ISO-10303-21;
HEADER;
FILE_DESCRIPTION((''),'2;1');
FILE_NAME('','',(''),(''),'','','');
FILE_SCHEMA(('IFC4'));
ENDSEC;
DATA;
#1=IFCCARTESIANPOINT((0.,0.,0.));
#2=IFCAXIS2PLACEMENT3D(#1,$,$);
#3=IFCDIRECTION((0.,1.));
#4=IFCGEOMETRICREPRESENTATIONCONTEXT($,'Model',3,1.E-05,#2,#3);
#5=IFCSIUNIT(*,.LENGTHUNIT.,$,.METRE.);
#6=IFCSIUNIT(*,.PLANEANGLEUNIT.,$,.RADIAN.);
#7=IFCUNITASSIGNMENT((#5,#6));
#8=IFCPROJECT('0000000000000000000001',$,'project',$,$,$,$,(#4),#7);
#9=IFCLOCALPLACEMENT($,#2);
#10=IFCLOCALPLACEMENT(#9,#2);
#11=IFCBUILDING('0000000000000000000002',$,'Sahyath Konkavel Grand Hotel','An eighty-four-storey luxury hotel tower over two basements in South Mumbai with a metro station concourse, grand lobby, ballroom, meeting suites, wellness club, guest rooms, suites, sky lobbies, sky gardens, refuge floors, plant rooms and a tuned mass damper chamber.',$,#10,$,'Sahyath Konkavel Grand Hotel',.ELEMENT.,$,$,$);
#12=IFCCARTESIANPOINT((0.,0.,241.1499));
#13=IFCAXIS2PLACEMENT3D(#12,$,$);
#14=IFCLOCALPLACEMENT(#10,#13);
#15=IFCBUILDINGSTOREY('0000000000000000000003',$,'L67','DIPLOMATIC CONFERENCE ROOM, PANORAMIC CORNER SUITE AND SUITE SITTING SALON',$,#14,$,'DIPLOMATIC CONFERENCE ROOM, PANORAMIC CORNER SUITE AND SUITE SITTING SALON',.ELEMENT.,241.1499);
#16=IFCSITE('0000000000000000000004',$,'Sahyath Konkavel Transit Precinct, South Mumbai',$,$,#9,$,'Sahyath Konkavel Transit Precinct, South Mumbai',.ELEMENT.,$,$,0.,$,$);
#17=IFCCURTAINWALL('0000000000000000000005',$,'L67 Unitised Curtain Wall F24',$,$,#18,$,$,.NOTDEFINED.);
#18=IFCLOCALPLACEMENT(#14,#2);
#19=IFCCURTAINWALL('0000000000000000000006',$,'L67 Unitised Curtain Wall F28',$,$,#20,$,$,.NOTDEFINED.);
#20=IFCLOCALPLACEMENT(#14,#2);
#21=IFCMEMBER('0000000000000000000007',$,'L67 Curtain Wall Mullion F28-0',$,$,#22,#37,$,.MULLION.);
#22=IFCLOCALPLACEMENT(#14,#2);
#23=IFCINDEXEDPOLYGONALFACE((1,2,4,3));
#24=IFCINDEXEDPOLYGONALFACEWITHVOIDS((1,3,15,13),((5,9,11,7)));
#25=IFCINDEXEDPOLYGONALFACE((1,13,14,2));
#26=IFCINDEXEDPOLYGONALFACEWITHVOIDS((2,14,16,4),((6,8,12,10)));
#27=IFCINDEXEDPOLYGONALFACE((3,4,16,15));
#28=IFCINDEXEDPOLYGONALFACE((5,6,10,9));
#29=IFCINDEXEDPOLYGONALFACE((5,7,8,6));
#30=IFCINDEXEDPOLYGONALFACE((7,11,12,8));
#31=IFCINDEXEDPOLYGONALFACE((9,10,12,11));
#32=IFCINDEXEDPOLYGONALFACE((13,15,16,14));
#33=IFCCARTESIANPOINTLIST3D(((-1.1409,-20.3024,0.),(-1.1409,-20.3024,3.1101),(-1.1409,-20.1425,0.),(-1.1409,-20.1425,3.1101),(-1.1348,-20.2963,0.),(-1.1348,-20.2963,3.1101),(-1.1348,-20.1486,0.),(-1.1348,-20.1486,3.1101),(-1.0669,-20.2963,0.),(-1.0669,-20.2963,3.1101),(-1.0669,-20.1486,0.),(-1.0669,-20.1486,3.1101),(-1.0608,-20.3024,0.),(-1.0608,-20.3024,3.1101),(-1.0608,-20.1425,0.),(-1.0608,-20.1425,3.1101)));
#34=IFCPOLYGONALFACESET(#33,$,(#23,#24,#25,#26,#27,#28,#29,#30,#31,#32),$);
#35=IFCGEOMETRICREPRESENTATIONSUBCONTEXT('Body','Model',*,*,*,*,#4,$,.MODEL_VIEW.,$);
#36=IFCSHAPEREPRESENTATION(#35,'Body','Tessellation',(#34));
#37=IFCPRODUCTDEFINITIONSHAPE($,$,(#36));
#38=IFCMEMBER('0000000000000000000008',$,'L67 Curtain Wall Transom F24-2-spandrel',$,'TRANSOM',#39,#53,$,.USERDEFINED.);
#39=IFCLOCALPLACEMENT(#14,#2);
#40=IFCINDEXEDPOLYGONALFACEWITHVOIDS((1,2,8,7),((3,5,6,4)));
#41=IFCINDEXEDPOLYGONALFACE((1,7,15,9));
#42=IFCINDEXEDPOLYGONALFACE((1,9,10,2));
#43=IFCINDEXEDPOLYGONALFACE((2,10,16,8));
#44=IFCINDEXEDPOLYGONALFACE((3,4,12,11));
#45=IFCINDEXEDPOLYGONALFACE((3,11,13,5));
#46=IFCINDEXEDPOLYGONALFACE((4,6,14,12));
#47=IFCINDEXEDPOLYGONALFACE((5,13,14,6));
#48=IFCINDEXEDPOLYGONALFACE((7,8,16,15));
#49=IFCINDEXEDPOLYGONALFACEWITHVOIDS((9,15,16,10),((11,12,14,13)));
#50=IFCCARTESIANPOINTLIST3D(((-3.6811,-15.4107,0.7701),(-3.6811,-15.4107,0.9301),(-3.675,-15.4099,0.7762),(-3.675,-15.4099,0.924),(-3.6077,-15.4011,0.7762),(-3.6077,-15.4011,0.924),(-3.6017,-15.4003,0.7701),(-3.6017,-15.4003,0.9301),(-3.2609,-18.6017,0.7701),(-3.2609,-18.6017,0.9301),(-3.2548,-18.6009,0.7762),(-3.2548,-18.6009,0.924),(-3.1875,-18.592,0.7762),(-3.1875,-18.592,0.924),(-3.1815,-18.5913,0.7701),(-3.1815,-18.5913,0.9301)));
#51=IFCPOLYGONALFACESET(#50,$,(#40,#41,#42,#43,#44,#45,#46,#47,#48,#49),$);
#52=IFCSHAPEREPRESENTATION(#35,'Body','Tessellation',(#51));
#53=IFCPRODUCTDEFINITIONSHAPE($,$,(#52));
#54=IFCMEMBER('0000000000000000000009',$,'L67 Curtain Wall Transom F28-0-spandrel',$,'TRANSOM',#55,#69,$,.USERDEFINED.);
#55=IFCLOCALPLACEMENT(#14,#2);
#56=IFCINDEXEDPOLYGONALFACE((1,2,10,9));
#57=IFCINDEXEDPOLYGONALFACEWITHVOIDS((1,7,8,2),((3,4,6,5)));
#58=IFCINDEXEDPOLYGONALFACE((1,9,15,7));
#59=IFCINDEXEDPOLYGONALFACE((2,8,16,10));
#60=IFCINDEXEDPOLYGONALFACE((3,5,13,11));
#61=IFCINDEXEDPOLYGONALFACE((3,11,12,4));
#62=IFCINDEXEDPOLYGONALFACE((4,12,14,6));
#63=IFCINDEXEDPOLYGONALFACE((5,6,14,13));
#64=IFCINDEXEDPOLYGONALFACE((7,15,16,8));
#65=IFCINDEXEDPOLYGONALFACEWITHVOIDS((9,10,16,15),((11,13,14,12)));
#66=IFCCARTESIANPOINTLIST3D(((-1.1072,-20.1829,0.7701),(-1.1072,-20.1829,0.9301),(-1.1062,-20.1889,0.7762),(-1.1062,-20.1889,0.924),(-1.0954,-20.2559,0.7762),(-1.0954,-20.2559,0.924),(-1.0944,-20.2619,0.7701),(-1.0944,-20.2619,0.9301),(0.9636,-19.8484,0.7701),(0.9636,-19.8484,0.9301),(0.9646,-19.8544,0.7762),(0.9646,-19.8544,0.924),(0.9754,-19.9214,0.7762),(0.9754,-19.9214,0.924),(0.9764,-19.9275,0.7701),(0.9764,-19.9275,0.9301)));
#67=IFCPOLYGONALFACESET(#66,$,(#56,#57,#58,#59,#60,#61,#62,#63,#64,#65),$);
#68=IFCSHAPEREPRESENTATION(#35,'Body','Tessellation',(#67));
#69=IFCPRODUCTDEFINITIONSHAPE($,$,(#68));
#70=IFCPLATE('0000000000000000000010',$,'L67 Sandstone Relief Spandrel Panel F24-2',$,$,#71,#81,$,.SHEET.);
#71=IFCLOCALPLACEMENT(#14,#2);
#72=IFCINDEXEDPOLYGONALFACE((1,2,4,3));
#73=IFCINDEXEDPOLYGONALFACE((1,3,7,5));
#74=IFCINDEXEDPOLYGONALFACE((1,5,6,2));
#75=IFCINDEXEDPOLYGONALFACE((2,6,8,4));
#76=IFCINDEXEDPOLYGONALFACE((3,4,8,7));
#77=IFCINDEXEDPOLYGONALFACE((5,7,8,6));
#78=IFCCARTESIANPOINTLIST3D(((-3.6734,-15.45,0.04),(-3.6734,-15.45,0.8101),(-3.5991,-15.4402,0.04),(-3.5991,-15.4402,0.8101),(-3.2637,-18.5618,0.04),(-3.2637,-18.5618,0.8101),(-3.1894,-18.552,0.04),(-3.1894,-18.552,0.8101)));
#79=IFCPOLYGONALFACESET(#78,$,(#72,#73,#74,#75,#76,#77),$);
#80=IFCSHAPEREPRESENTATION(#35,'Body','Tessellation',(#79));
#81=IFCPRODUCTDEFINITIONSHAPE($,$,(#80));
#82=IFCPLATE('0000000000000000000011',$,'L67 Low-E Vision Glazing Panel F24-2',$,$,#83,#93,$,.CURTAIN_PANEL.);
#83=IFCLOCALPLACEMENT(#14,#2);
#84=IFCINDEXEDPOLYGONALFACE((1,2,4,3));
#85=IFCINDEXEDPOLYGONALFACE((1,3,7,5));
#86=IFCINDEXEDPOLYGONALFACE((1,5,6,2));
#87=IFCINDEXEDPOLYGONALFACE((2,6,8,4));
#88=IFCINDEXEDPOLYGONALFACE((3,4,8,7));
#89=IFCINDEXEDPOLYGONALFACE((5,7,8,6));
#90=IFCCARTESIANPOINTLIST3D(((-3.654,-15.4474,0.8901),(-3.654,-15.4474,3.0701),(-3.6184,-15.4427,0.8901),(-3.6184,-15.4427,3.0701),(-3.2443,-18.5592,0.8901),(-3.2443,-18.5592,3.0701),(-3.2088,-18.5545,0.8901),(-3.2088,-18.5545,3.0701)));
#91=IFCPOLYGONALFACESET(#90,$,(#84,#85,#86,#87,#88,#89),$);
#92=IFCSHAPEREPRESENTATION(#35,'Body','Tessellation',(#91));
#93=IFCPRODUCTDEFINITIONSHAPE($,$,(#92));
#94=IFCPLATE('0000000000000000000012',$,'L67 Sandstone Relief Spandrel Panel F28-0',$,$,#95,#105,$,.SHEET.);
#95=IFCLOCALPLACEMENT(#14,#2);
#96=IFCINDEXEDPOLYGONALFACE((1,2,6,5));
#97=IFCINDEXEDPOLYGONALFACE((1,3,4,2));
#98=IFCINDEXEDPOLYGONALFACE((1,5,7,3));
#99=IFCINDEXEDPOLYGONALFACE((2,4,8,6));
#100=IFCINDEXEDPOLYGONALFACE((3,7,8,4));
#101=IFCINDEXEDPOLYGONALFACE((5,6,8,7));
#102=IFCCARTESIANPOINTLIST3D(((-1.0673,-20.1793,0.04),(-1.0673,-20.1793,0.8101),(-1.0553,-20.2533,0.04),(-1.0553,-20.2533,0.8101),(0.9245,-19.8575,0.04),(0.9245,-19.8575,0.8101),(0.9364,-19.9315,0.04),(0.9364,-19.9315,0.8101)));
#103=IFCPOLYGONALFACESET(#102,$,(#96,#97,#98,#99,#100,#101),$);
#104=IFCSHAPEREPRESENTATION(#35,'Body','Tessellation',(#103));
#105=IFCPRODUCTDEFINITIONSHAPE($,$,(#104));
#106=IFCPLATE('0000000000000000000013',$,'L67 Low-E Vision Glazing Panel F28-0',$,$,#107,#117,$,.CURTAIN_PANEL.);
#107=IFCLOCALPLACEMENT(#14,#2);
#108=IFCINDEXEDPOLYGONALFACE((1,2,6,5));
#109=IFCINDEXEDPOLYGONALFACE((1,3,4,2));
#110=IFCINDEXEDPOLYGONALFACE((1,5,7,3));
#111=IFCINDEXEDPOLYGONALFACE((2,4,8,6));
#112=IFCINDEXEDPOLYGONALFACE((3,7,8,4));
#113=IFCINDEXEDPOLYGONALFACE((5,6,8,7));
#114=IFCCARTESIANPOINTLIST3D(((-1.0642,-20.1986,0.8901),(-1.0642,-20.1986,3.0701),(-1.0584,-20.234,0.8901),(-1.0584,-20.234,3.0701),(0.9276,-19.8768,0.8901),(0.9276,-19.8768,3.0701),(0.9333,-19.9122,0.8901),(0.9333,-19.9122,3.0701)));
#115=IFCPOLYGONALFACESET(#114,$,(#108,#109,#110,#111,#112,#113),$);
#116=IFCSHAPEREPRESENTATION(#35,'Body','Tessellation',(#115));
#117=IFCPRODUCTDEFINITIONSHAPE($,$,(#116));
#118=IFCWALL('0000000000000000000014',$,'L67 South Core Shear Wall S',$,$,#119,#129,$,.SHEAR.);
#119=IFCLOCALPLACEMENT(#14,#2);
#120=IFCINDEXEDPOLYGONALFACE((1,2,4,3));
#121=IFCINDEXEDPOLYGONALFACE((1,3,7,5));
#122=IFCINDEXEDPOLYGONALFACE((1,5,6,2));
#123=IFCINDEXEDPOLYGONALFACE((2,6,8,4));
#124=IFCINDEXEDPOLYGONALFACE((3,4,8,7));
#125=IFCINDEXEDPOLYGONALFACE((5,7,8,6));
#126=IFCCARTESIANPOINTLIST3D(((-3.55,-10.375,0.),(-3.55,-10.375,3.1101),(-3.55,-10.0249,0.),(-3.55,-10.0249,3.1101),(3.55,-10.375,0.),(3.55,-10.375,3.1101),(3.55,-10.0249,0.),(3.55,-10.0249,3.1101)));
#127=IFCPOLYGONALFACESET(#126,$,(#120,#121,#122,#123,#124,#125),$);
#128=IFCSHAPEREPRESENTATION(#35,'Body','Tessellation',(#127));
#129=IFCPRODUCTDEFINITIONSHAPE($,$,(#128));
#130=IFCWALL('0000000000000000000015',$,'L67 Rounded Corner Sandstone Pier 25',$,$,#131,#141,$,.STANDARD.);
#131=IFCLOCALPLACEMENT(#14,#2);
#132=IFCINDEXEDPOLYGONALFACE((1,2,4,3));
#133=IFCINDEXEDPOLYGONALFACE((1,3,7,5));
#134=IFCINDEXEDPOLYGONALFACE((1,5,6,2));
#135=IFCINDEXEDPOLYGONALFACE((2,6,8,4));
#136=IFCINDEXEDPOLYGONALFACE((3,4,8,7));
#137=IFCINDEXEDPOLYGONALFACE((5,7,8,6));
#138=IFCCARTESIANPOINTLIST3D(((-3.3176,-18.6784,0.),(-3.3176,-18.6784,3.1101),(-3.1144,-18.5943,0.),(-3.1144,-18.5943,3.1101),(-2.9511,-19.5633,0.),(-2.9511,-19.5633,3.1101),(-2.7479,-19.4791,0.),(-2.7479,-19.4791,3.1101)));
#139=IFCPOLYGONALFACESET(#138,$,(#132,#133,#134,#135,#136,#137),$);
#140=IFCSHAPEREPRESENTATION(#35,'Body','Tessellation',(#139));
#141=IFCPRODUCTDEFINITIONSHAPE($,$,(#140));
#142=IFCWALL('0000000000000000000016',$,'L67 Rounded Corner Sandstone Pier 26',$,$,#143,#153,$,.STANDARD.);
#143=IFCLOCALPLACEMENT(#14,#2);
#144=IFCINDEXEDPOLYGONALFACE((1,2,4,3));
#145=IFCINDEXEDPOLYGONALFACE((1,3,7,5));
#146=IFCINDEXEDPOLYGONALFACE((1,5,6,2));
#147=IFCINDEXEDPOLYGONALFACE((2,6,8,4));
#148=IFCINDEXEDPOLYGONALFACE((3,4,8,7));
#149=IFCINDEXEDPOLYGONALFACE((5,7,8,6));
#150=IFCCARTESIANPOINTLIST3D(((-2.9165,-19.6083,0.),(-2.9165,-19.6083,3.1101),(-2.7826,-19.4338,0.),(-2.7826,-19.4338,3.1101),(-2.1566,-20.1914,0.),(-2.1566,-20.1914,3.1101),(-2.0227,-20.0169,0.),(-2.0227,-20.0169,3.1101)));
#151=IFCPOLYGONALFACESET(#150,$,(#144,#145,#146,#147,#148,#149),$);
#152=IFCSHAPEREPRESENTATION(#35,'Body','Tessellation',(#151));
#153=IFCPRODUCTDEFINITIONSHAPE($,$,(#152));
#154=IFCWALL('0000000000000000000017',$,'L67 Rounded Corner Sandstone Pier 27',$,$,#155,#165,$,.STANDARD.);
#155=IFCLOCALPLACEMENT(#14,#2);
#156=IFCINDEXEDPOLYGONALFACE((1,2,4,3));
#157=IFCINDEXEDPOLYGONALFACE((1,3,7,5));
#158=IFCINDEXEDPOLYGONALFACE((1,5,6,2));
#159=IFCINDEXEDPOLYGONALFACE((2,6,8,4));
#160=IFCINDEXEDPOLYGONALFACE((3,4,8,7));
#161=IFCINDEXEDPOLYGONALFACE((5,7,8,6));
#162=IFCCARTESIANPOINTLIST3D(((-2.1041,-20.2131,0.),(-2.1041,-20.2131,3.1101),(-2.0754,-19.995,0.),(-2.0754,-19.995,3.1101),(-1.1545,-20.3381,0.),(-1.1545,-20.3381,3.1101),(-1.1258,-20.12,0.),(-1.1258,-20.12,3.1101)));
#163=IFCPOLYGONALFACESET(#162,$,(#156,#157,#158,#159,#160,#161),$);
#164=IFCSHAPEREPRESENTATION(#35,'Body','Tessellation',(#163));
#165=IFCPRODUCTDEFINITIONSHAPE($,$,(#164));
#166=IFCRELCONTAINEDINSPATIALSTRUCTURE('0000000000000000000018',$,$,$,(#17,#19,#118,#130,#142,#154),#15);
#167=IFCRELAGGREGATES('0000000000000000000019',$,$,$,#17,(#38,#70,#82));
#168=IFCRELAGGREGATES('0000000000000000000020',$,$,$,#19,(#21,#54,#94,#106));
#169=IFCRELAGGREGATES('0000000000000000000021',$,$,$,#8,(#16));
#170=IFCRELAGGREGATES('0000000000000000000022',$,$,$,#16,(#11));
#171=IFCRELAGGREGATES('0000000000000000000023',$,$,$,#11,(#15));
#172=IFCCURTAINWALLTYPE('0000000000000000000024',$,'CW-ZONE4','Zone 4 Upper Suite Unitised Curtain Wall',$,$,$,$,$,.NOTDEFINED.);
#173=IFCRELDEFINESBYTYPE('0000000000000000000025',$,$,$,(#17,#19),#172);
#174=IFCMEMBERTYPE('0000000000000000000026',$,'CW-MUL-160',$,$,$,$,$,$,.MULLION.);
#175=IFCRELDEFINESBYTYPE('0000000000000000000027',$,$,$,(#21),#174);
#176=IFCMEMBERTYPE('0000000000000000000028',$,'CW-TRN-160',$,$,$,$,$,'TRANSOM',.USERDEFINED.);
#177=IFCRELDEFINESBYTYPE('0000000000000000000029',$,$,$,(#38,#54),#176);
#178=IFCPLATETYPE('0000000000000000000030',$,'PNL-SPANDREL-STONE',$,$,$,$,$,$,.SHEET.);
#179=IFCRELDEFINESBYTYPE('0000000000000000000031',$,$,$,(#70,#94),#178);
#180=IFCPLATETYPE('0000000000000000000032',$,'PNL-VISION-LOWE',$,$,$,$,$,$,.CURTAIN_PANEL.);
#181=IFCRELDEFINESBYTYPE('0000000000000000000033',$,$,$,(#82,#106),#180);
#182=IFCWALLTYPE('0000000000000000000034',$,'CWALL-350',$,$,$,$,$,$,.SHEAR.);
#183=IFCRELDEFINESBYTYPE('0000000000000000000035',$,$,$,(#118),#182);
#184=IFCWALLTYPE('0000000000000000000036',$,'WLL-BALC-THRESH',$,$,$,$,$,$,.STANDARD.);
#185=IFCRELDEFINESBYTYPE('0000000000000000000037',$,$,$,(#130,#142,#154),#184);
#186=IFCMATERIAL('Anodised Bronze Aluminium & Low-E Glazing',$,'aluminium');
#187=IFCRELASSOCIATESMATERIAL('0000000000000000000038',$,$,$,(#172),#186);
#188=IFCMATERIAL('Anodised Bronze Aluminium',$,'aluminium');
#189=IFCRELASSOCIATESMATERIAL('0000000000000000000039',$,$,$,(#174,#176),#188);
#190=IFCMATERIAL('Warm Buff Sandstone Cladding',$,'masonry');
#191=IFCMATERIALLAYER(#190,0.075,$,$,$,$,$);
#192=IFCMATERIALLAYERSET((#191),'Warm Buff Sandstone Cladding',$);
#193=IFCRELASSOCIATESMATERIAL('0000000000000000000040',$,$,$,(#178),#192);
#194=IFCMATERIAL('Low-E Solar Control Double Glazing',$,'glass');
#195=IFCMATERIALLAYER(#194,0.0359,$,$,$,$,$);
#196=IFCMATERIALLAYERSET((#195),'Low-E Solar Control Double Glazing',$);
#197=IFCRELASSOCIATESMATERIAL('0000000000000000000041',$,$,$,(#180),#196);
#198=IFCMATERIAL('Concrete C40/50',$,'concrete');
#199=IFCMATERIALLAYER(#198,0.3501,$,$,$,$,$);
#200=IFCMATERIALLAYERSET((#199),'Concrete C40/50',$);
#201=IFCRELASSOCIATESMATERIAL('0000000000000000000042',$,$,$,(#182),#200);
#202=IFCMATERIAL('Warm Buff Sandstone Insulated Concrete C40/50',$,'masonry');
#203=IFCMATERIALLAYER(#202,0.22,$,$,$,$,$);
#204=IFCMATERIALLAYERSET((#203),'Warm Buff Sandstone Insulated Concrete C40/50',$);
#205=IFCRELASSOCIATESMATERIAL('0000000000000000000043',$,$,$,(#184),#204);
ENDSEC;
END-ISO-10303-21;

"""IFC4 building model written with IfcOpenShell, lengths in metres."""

from ifc_helpers import new_model, si_unit, direction, frame, frame_2d, origin, origin_2d, place, context, subcontext, project, spatial, rectangle, hollow_rectangle, extrude, source, transform, mapped, material, layer, layer_set, material_profile, profile_set, type_object, element, aggregate, save


model = new_model("IFC4")

# Units and contexts
model_context = context("Model", 3, precision=1e-05, world=origin(), true_north=direction((0.0, 1.0)))
body_context = subcontext(model_context, "Body", "Model", "MODEL_VIEW")
ifc_project = project(units=[si_unit("LENGTHUNIT", "METRE"), si_unit("PLANEANGLEUNIT", "RADIAN")], contexts=[model_context])

# Site, building, storey
site_placement = place(None, origin())
site = spatial("IfcSite", under=ifc_project, at=site_placement, Name="Sahyath Konkavel Transit Precinct, South Mumbai", LongName="Sahyath Konkavel Transit Precinct, South Mumbai", CompositionType="ELEMENT", RefElevation=0.0)
building_placement = place(site_placement, origin())
building = spatial("IfcBuilding", under=site, at=building_placement, Name="Sahyath Konkavel Grand Hotel", Description="An eighty-four-storey luxury hotel tower over two basements in South Mumbai with a metro station concourse, grand lobby, ballroom, meeting suites, wellness club, guest rooms, suites, sky lobbies, sky gardens, refuge floors, plant rooms and a tuned mass damper chamber.", LongName="Sahyath Konkavel Grand Hotel", CompositionType="ELEMENT")
storey_placement = place(building_placement, frame((0.0, 0.0, 241.1499)))
storey = spatial("IfcBuildingStorey", under=building, at=storey_placement, Name="L67", Description="DIPLOMATIC CONFERENCE ROOM, PANORAMIC CORNER SUITE AND SUITE SITTING SALON", LongName="DIPLOMATIC CONFERENCE ROOM, PANORAMIC CORNER SUITE AND SUITE SITTING SALON", CompositionType="ELEMENT", Elevation=241.1499)

# Shared definitions
ifc_material_1 = material(Name="Concrete C40/50", Category="concrete")

# Curtain wall
ifc_material_2 = material(Name="Anodised Bronze Aluminium & Low-E Glazing", Category="aluminium")
curtain_wall_type = type_object("IfcCurtainWallType", Name="CW-ZONE4", Description="Zone 4 Upper Suite Unitised Curtain Wall", PredefinedType="NOTDEFINED", material=ifc_material_2)
curtain_wall_1_placement = place(storey_placement, origin())
curtain_wall_1 = element("IfcCurtainWall", 1, at=curtain_wall_1_placement, inside=storey, type_object=curtain_wall_type, Name="L67 Unitised Curtain Wall F24", PredefinedType="NOTDEFINED")
ifc_material_3 = material(Name="Anodised Bronze Aluminium", Category="aluminium")
ifc_material_profile_1 = material_profile(ifc_material_3, hollow_rectangle(XDim=0.0801, YDim=0.1599, WallThickness=0.0061, at=origin_2d()), Name="RHS 160x80x6")
ifc_profile_set_1 = profile_set([ifc_material_profile_1], Name="Anodised Bronze Aluminium")
member_type_1 = type_object("IfcMemberType", Name="CW-MUL-160", PredefinedType="MULLION", material=ifc_profile_set_1)
shared_shape_1 = source(origin(), body_context, "Body", "SweptSolid", [
    extrude(hollow_rectangle(XDim=0.0801, YDim=0.1599, WallThickness=0.0061, at=origin_2d()), origin(), (0.0, 0.0, 1.0), 3.1101),
])

# Curtain wall, member
curtain_wall_2_placement = place(storey_placement, origin())
curtain_wall_2 = element("IfcCurtainWall", 2, at=curtain_wall_2_placement, inside=storey, type_object=curtain_wall_type, Name="L67 Unitised Curtain Wall F28", PredefinedType="NOTDEFINED")
member_1_placement = place(storey_placement, frame((-1.1008, -20.2224, 0.0), z_axis=(0.0, 0.0, 1.0), x_axis=(1.0, 0.0, 0.0)))
member_1 = element("IfcMember", 3, at=member_1_placement, type_object=member_type_1, Name="L67 Curtain Wall Mullion F28-0", PredefinedType="MULLION", context=body_context, shape_type="MappedRepresentation", body=[
    mapped(shared_shape_1, transform((0.0, 0.0, 0.0), scale=1.0)),
])

# Members
ifc_material_profile_2 = material_profile(ifc_material_3, hollow_rectangle(XDim=0.0801, YDim=0.1599, WallThickness=0.0061, at=origin_2d()), Name="RHS 160x80x6")
ifc_profile_set_2 = profile_set([ifc_material_profile_2], Name="Anodised Bronze Aluminium")
member_type_2 = type_object("IfcMemberType", Name="CW-TRN-160", ElementType="TRANSOM", PredefinedType="USERDEFINED", material=ifc_profile_set_2)
shared_shape_2 = source(origin(), body_context, "Body", "SweptSolid", [
    extrude(hollow_rectangle(XDim=0.0801, YDim=0.1599, WallThickness=0.0061, at=origin_2d()), origin(), (0.0, 0.0, 1.0), 3.2185),
])
member_2_placement = place(storey_placement, frame((-3.6414, -15.4055, 0.8501), z_axis=(0.130549, -0.991442, 0.0), x_axis=(0.991442, 0.130549, 0.0)))
member_2 = element("IfcMember", 4, at=member_2_placement, type_object=member_type_2, Name="L67 Curtain Wall Transom F24-2-spandrel", ObjectType="TRANSOM", PredefinedType="USERDEFINED", context=body_context, shape_type="MappedRepresentation", body=[
    mapped(shared_shape_2, transform((0.0, 0.0, 0.0), scale=1.0)),
])
shared_shape_3 = source(origin(), body_context, "Body", "SweptSolid", [
    extrude(hollow_rectangle(XDim=0.0801, YDim=0.1599, WallThickness=0.0061, at=origin_2d()), origin(), (0.0, 0.0, 1.0), 2.0977),
])
member_3_placement = place(storey_placement, frame((-1.1008, -20.2224, 0.8501), z_axis=(0.987206, 0.159452, 0.0), x_axis=(-0.159452, 0.987206, 0.0)))
member_3 = element("IfcMember", 5, at=member_3_placement, type_object=member_type_2, Name="L67 Curtain Wall Transom F28-0-spandrel", ObjectType="TRANSOM", PredefinedType="USERDEFINED", context=body_context, shape_type="MappedRepresentation", body=[
    mapped(shared_shape_3, transform((0.0, 0.0, 0.0), scale=1.0)),
])

# Plates
ifc_material_4 = material(Name="Warm Buff Sandstone Cladding", Category="masonry")
ifc_layer_1 = layer(ifc_material_4, 0.075)
ifc_layer_set_1 = layer_set([ifc_layer_1], Name="Warm Buff Sandstone Cladding")
plate_type_1 = type_object("IfcPlateType", Name="PNL-SPANDREL-STONE", PredefinedType="SHEET", material=ifc_layer_set_1)
shared_shape_4 = source(origin(), body_context, "Body", "SweptSolid", [
    extrude(rectangle(XDim=3.1387, YDim=0.075, at=origin_2d()), origin(), (0.0, 0.0, 1.0), 0.77),
])
plate_1_placement = place(storey_placement, frame((-3.4314, -17.001, 0.04), z_axis=(0.0, 0.0, 1.0), x_axis=(0.130526, -0.991445, 0.0)))
plate_1 = element("IfcPlate", 6, at=plate_1_placement, type_object=plate_type_1, Name="L67 Sandstone Relief Spandrel Panel F24-2", PredefinedType="SHEET", context=body_context, shape_type="MappedRepresentation", body=[
    mapped(shared_shape_4, transform((0.0, 0.0, 0.0), scale=1.0)),
])
ifc_material_5 = material(Name="Low-E Solar Control Double Glazing", Category="glass")
ifc_layer_2 = layer(ifc_material_5, 0.0359)
ifc_layer_set_2 = layer_set([ifc_layer_2], Name="Low-E Solar Control Double Glazing")
plate_type_2 = type_object("IfcPlateType", Name="PNL-VISION-LOWE", PredefinedType="CURTAIN_PANEL", material=ifc_layer_set_2)
shared_shape_5 = source(origin(), body_context, "Body", "SweptSolid", [
    extrude(rectangle(XDim=3.1387, YDim=0.0359, at=origin_2d()), origin(), (0.0, 0.0, 1.0), 2.1799),
])
plate_2_placement = place(storey_placement, frame((-3.4314, -17.001, 0.8901), z_axis=(0.0, 0.0, 1.0), x_axis=(0.130526, -0.991445, 0.0)))
plate_2 = element("IfcPlate", 7, at=plate_2_placement, type_object=plate_type_2, Name="L67 Low-E Vision Glazing Panel F24-2", PredefinedType="CURTAIN_PANEL", context=body_context, shape_type="MappedRepresentation", body=[
    mapped(shared_shape_5, transform((0.0, 0.0, 0.0), scale=1.0)),
])
aggregate(curtain_wall_1, [member_2, plate_1, plate_2])
shared_shape_6 = source(origin(), body_context, "Body", "SweptSolid", [
    extrude(rectangle(XDim=2.0176, YDim=0.075, at=origin_2d()), origin(), (0.0, 0.0, 1.0), 0.77),
])
plate_3_placement = place(storey_placement, frame((-0.0654, -20.0554, 0.04), z_axis=(0.0, 0.0, 1.0), x_axis=(0.9872, 0.159485, 0.0)))
plate_3 = element("IfcPlate", 8, at=plate_3_placement, type_object=plate_type_1, Name="L67 Sandstone Relief Spandrel Panel F28-0", PredefinedType="SHEET", context=body_context, shape_type="MappedRepresentation", body=[
    mapped(shared_shape_6, transform((0.0, 0.0, 0.0), scale=1.0)),
])
shared_shape_7 = source(origin(), body_context, "Body", "SweptSolid", [
    extrude(rectangle(XDim=2.0176, YDim=0.0359, at=origin_2d()), origin(), (0.0, 0.0, 1.0), 2.1799),
])
plate_4_placement = place(storey_placement, frame((-0.0654, -20.0554, 0.8901), z_axis=(0.0, 0.0, 1.0), x_axis=(0.9872, 0.159485, 0.0)))
plate_4 = element("IfcPlate", 9, at=plate_4_placement, type_object=plate_type_2, Name="L67 Low-E Vision Glazing Panel F28-0", PredefinedType="CURTAIN_PANEL", context=body_context, shape_type="MappedRepresentation", body=[
    mapped(shared_shape_7, transform((0.0, 0.0, 0.0), scale=1.0)),
])
aggregate(curtain_wall_2, [member_1, member_3, plate_3, plate_4])

# Walls
ifc_layer_3 = layer(ifc_material_1, 0.3501)
ifc_layer_set_3 = layer_set([ifc_layer_3], Name="Concrete C40/50")
wall_type_1 = type_object("IfcWallType", Name="CWALL-350", PredefinedType="SHEAR", material=ifc_layer_set_3)
wall_1_placement = place(storey_placement, frame((-3.55, -10.2, 0.0), z_axis=(0.0, 0.0, 1.0), x_axis=(1.0, 0.0, 0.0)))
element("IfcWall", 10, at=wall_1_placement, inside=storey, type_object=wall_type_1, Name="L67 South Core Shear Wall S", PredefinedType="SHEAR", context=body_context, shape_type="SweptSolid", body=[
    extrude(rectangle(XDim=7.1001, YDim=0.3501, at=frame_2d((3.55, 0.0))), origin(), (0.0, 0.0, 1.0), 3.1101),
])
ifc_material_6 = material(Name="Warm Buff Sandstone Insulated Concrete C40/50", Category="masonry")
ifc_layer_4 = layer(ifc_material_6, 0.22)
ifc_layer_set_4 = layer_set([ifc_layer_4], Name="Warm Buff Sandstone Insulated Concrete C40/50")
wall_type_2 = type_object("IfcWallType", Name="WLL-BALC-THRESH", PredefinedType="STANDARD", material=ifc_layer_set_4)
for number, where, z_axis, x_axis, name in (
    (11, (-3.2161, -18.6362, 0.0), (0.0, 0.0, 1.0), (0.38266, -0.923889, 0.0), "L67 Rounded Corner Sandstone Pier 25"),
    (12, (-2.8496, -19.521, 0.0), (0.0, 0.0, 1.0), (0.793344, -0.608774, 0.0), "L67 Rounded Corner Sandstone Pier 26"),
    (13, (-2.0898, -20.104, 0.0), (0.0, 0.0, 1.0), (0.991445, -0.130527, 0.0), "L67 Rounded Corner Sandstone Pier 27"),
):
    element("IfcWall", number, at=place(storey_placement, frame(where, z_axis=z_axis, x_axis=x_axis)), inside=storey, type_object=wall_type_2, Name=name, PredefinedType="STANDARD", context=body_context, shape_type="SweptSolid", body=[
        extrude(rectangle(XDim=0.9578, YDim=0.22, at=frame_2d((0.479, 0.0))), origin(), (0.0, 0.0, 1.0), 3.1101),
    ])

save(model, "model.ifc")
